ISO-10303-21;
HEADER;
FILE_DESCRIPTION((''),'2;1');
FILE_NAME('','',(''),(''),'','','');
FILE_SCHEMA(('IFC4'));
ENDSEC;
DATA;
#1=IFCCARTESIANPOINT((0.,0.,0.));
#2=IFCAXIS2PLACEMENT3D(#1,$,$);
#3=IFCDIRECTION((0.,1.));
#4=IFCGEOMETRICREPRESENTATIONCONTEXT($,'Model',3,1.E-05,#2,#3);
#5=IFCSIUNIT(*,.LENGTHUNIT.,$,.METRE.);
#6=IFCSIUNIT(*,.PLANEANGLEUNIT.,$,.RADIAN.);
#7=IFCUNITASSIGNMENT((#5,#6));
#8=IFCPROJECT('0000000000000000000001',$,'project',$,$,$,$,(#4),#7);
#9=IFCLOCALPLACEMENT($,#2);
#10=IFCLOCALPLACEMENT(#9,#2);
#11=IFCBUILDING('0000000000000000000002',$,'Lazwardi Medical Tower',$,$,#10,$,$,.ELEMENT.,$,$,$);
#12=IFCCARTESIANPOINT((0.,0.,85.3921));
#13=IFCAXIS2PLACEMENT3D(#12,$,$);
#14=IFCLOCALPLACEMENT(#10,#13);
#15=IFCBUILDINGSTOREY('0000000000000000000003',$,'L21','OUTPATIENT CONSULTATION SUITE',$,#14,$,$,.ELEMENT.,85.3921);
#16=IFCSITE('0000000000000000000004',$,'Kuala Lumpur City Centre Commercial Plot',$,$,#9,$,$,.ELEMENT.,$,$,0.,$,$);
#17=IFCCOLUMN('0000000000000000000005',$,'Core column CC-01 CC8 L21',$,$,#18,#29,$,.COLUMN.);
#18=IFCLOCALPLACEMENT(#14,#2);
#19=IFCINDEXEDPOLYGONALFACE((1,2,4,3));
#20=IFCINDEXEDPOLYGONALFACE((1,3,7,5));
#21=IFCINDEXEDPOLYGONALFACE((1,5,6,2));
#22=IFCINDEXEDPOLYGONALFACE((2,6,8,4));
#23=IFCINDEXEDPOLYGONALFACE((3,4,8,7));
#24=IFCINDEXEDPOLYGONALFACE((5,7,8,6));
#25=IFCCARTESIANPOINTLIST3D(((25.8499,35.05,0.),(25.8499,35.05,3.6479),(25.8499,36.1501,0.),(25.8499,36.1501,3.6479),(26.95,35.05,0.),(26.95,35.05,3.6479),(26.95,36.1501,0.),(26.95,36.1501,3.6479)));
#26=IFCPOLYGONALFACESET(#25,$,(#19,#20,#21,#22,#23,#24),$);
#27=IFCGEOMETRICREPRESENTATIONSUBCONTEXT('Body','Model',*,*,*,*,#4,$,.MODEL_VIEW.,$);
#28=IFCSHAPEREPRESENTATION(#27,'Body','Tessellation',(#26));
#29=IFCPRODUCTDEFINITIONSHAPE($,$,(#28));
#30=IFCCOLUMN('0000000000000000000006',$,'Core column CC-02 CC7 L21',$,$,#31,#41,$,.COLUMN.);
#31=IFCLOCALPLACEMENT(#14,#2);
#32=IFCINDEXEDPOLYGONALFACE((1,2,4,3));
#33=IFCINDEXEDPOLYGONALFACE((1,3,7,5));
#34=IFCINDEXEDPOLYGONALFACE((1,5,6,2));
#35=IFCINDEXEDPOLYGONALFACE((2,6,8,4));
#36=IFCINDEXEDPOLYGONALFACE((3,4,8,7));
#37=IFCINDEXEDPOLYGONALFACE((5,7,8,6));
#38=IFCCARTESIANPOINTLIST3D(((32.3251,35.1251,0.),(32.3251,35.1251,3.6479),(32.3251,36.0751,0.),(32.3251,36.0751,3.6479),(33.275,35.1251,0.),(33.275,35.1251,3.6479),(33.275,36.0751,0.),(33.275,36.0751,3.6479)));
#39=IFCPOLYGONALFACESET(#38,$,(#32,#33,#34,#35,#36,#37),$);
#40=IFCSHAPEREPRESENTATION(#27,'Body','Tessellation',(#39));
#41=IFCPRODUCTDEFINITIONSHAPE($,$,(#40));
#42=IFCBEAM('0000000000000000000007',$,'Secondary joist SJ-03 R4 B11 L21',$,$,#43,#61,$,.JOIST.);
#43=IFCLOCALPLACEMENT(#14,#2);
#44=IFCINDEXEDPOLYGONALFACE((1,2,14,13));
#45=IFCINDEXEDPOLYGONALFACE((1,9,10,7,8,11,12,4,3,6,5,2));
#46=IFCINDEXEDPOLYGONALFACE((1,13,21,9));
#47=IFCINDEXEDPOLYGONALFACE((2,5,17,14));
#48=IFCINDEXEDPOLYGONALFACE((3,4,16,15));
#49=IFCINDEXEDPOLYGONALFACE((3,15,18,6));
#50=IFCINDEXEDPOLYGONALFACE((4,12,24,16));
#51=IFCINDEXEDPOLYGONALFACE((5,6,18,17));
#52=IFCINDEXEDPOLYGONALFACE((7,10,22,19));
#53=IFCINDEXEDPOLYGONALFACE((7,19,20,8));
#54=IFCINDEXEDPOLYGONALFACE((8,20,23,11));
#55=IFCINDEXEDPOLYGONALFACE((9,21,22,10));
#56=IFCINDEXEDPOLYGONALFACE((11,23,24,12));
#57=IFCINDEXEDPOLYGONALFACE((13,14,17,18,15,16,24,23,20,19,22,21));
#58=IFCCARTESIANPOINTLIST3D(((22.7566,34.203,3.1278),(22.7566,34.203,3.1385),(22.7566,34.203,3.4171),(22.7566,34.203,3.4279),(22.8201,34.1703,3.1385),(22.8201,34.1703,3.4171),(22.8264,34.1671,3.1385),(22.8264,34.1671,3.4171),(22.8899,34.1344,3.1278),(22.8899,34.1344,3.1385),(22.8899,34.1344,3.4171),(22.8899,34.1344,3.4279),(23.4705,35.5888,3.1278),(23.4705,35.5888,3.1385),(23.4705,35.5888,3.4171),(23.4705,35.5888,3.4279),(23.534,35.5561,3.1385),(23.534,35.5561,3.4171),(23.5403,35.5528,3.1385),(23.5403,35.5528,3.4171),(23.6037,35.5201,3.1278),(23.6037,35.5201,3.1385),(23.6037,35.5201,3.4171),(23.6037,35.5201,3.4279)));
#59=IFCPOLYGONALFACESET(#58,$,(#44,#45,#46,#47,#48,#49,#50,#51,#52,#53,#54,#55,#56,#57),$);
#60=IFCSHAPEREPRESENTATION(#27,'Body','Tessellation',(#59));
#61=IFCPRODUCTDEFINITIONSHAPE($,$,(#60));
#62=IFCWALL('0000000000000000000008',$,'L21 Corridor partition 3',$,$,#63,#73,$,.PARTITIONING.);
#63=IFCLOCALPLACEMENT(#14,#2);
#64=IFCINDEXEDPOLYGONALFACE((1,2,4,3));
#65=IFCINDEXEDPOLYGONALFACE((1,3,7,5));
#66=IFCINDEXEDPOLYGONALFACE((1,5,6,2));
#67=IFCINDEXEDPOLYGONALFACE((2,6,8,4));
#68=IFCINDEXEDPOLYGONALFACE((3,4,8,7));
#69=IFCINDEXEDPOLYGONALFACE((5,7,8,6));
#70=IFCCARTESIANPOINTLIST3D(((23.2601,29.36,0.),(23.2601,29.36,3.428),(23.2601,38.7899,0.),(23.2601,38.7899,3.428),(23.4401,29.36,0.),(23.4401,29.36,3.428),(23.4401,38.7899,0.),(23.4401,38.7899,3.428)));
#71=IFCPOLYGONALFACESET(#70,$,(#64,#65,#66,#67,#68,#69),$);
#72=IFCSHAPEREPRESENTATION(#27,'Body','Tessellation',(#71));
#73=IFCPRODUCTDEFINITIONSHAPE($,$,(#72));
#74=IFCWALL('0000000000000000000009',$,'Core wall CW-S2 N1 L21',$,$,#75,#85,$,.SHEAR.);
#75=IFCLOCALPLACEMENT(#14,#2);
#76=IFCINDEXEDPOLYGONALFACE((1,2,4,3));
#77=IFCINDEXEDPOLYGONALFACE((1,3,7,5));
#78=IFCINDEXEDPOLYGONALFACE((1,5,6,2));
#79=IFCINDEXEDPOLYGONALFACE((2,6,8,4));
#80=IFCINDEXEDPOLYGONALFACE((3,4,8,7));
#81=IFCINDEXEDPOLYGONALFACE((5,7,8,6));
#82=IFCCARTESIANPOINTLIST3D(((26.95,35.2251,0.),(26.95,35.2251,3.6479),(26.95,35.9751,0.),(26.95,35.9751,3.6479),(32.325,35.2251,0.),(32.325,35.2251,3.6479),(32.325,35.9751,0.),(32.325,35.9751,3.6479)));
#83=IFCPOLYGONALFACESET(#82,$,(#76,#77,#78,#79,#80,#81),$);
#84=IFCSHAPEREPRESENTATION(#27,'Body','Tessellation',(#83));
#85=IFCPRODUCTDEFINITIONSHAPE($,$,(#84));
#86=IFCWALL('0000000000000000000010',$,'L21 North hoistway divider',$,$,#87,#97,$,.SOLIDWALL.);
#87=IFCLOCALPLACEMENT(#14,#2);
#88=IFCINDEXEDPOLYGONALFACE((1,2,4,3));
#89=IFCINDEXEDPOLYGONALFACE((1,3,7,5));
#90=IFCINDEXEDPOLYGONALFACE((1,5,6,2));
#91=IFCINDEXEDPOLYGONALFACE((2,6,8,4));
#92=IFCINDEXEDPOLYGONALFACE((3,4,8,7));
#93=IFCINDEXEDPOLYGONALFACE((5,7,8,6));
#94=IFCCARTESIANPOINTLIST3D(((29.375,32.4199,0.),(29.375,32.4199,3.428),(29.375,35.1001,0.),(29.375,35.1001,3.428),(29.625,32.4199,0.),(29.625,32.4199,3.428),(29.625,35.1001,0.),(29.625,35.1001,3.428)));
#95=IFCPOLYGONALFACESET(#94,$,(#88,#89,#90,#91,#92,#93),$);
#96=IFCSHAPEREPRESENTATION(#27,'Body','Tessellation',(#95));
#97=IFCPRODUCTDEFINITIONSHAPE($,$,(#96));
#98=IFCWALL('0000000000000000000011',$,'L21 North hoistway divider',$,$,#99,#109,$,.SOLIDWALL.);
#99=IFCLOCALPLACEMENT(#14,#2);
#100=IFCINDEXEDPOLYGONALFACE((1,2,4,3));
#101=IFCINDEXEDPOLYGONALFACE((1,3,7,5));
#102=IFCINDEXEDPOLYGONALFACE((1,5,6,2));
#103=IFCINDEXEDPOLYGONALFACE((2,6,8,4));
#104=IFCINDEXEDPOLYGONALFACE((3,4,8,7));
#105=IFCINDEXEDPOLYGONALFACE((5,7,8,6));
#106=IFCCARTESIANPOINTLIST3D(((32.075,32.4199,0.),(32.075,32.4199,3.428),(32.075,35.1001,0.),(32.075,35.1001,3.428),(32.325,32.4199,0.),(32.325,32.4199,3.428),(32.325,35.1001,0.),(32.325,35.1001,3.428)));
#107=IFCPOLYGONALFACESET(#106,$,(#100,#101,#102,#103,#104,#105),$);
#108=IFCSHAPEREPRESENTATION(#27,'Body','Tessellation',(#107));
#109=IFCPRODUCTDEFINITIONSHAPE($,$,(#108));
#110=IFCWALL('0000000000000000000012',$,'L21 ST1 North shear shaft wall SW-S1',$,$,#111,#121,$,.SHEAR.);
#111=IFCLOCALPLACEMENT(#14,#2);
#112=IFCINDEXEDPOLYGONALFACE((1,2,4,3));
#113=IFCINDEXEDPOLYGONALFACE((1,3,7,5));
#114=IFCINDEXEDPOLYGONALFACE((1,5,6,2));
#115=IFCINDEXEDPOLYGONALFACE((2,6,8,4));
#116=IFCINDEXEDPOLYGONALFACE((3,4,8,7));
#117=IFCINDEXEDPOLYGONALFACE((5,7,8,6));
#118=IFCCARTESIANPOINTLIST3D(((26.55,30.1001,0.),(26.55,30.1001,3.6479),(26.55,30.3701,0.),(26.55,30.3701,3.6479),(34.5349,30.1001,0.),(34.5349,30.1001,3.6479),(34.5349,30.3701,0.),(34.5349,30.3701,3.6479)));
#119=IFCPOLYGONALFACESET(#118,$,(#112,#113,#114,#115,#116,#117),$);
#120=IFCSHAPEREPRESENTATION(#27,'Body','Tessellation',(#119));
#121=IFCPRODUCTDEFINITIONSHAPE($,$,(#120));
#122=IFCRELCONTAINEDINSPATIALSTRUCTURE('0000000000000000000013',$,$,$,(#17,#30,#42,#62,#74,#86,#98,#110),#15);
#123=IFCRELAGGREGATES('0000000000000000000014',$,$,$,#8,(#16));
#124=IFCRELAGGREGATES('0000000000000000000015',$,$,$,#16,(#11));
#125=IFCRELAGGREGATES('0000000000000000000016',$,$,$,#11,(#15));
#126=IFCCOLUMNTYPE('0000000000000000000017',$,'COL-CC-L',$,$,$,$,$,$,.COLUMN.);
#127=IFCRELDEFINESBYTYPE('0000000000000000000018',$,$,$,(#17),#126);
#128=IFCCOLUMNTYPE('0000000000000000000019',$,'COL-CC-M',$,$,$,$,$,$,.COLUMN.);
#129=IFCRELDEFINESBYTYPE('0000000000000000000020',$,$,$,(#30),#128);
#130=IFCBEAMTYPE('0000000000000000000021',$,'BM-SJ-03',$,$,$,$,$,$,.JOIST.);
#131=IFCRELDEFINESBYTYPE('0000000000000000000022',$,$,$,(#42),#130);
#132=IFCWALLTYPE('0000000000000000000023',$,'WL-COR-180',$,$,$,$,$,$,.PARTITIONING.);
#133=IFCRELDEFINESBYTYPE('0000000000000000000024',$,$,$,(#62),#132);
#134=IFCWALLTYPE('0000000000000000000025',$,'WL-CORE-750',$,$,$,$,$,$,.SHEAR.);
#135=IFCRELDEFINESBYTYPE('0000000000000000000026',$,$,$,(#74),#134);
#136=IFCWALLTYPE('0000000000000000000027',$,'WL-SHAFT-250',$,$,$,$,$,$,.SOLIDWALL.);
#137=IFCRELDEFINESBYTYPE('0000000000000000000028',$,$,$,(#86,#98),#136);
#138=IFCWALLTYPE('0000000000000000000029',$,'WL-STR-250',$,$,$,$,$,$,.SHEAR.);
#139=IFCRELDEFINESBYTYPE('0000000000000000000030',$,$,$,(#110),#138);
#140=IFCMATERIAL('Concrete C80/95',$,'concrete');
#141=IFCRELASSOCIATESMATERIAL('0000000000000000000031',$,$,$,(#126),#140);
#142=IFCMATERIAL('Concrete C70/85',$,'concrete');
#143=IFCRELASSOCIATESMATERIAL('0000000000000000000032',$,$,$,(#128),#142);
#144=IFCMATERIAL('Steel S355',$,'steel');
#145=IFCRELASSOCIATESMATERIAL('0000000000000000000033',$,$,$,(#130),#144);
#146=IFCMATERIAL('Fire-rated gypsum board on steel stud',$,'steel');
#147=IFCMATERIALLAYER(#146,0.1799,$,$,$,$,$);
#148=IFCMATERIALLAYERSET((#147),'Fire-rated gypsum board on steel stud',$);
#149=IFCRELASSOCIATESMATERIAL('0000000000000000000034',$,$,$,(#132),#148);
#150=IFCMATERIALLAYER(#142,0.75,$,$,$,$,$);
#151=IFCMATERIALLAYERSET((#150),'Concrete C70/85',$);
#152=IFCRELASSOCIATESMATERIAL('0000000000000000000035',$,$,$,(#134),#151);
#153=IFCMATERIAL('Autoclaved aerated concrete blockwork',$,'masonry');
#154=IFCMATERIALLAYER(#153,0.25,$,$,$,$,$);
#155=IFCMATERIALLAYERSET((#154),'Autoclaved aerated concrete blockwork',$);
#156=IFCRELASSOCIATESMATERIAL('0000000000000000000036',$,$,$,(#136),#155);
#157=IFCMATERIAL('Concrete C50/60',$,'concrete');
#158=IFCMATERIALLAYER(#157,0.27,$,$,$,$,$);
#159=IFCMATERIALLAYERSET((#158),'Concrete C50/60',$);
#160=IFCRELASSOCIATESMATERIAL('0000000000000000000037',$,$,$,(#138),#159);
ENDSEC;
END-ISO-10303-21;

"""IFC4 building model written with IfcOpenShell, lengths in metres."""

from ifc_helpers import new_model, si_unit, direction, frame, frame_2d, origin, origin_2d, place, context, subcontext, project, spatial, rectangle, i_section, extrude, material, layer, layer_set, material_profile, profile_set, type_object, element, save


model = new_model("IFC4")

# Units and contexts
model_context = context("Model", 3, precision=1e-05, world=origin(), true_north=direction((0.0, 1.0)))
body_context = subcontext(model_context, "Body", "Model", "MODEL_VIEW")
ifc_project = project(units=[si_unit("LENGTHUNIT", "METRE"), si_unit("PLANEANGLEUNIT", "RADIAN")], contexts=[model_context])

# Site, building, storey
site_placement = place(None, origin())
site = spatial("IfcSite", under=ifc_project, at=site_placement, Name="Kuala Lumpur City Centre Commercial Plot", CompositionType="ELEMENT", RefElevation=0.0)
building_placement = place(site_placement, origin())
building = spatial("IfcBuilding", under=site, at=building_placement, Name="Lazwardi Medical Tower", CompositionType="ELEMENT")
storey_placement = place(building_placement, frame((0.0, 0.0, 85.3921)))
storey = spatial("IfcBuildingStorey", under=building, at=storey_placement, Name="L21", Description="OUTPATIENT CONSULTATION SUITE", CompositionType="ELEMENT", Elevation=85.3921)

# Columns
ifc_material_1 = material(Name="Concrete C80/95", Category="concrete")
ifc_material_profile_1 = material_profile(ifc_material_1, rectangle(XDim=1.1001, YDim=1.1001, at=origin_2d()), Name="RC 1100x1100")
ifc_profile_set_1 = profile_set([ifc_material_profile_1], Name="Concrete C80/95")
column_type_1 = type_object("IfcColumnType", Name="COL-CC-L", PredefinedType="COLUMN", material=ifc_profile_set_1)
column_1_placement = place(storey_placement, frame((26.3999, 35.6001, 0.0), z_axis=(0.0, 0.0, 1.0), x_axis=(1.0, 0.0, 0.0)))
element("IfcColumn", 1, at=column_1_placement, inside=storey, type_object=column_type_1, Name="Core column CC-01 CC8 L21", PredefinedType="COLUMN", context=body_context, shape_type="SweptSolid", body=[
    extrude(rectangle(XDim=1.1001, YDim=1.1001, at=origin_2d()), origin(), (0.0, 0.0, 1.0), 3.6479),
])
ifc_material_2 = material(Name="Concrete C70/85", Category="concrete")
ifc_material_profile_2 = material_profile(ifc_material_2, rectangle(XDim=0.95, YDim=0.95, at=origin_2d()), Name="RC 950x950")
ifc_profile_set_2 = profile_set([ifc_material_profile_2], Name="Concrete C70/85")
column_type_2 = type_object("IfcColumnType", Name="COL-CC-M", PredefinedType="COLUMN", material=ifc_profile_set_2)
column_2_placement = place(storey_placement, frame((32.8, 35.6001, 0.0), z_axis=(0.0, 0.0, 1.0), x_axis=(1.0, 0.0, 0.0)))
element("IfcColumn", 2, at=column_2_placement, inside=storey, type_object=column_type_2, Name="Core column CC-02 CC7 L21", PredefinedType="COLUMN", context=body_context, shape_type="SweptSolid", body=[
    extrude(rectangle(XDim=0.95, YDim=0.95, at=origin_2d()), origin(), (0.0, 0.0, 1.0), 3.6479),
])

# Beam
ifc_material_3 = material(Name="Steel S355", Category="steel")
ifc_material_profile_3 = material_profile(ifc_material_3, i_section(OverallWidth=0.1499, OverallDepth=0.3, WebThickness=0.0071, FlangeThickness=0.0107, at=origin_2d()), Name="IPE 300")
ifc_profile_set_3 = profile_set([ifc_material_profile_3], Name="Steel S355")
beam_type = type_object("IfcBeamType", Name="BM-SJ-03", PredefinedType="JOIST", material=ifc_profile_set_3)
beam_placement = place(storey_placement, frame((23.5371, 35.5544, 3.2778), z_axis=(-0.457957, -0.888975, 0.0), x_axis=(0.888975, -0.457957, 0.0)))
element("IfcBeam", 3, at=beam_placement, inside=storey, type_object=beam_type, Name="Secondary joist SJ-03 R4 B11 L21", PredefinedType="JOIST", context=body_context, shape_type="SweptSolid", body=[
    extrude(i_section(OverallWidth=0.1499, OverallDepth=0.3, WebThickness=0.0071, FlangeThickness=0.0107, at=origin_2d()), origin(), (0.0, 0.0, 1.0), 1.5588),
])

# Walls
ifc_material_4 = material(Name="Fire-rated gypsum board on steel stud", Category="steel")
ifc_layer_1 = layer(ifc_material_4, 0.1799)
ifc_layer_set_1 = layer_set([ifc_layer_1], Name="Fire-rated gypsum board on steel stud")
wall_type_1 = type_object("IfcWallType", Name="WL-COR-180", PredefinedType="PARTITIONING", material=ifc_layer_set_1)
wall_1_placement = place(storey_placement, frame((23.3501, 29.3601, 0.0), z_axis=(0.0, 0.0, 1.0), x_axis=(0.0, 1.0, 0.0)))
element("IfcWall", 4, at=wall_1_placement, inside=storey, type_object=wall_type_1, Name="L21 Corridor partition 3", PredefinedType="PARTITIONING", context=body_context, shape_type="SweptSolid", body=[
    extrude(rectangle(XDim=9.4299, YDim=0.1799, at=frame_2d((4.7148, 0.0))), origin(), (0.0, 0.0, 1.0), 3.428),
])
ifc_layer_2 = layer(ifc_material_2, 0.75)
ifc_layer_set_2 = layer_set([ifc_layer_2], Name="Concrete C70/85")
wall_type_2 = type_object("IfcWallType", Name="WL-CORE-750", PredefinedType="SHEAR", material=ifc_layer_set_2)
wall_2_placement = place(storey_placement, frame((26.95, 35.6001, 0.0), z_axis=(0.0, 0.0, 1.0), x_axis=(1.0, 0.0, 0.0)))
element("IfcWall", 5, at=wall_2_placement, inside=storey, type_object=wall_type_2, Name="Core wall CW-S2 N1 L21", PredefinedType="SHEAR", context=body_context, shape_type="SweptSolid", body=[
    extrude(rectangle(XDim=5.375, YDim=0.75, at=frame_2d((2.6875, 0.0))), origin(), (0.0, 0.0, 1.0), 3.6479),
])
ifc_material_5 = material(Name="Autoclaved aerated concrete blockwork", Category="masonry")
ifc_layer_3 = layer(ifc_material_5, 0.25)
ifc_layer_set_3 = layer_set([ifc_layer_3], Name="Autoclaved aerated concrete blockwork")
wall_type_3 = type_object("IfcWallType", Name="WL-SHAFT-250", PredefinedType="SOLIDWALL", material=ifc_layer_set_3)
for number, where, z_axis, x_axis, name in (
    (6, (29.5, 32.4199, 0.0), (0.0, 0.0, 1.0), (0.0, 1.0, 0.0), "L21 North hoistway divider"),
    (7, (32.2, 32.4199, 0.0), (0.0, 0.0, 1.0), (0.0, 1.0, 0.0), "L21 North hoistway divider"),
):
    element("IfcWall", number, at=place(storey_placement, frame(where, z_axis=z_axis, x_axis=x_axis)), inside=storey, type_object=wall_type_3, Name=name, PredefinedType="SOLIDWALL", context=body_context, shape_type="SweptSolid", body=[
        extrude(rectangle(XDim=2.6802, YDim=0.25, at=frame_2d((1.3401, 0.0))), origin(), (0.0, 0.0, 1.0), 3.428),
    ])
ifc_material_6 = material(Name="Concrete C50/60", Category="concrete")
ifc_layer_4 = layer(ifc_material_6, 0.27)
ifc_layer_set_4 = layer_set([ifc_layer_4], Name="Concrete C50/60")
wall_type_4 = type_object("IfcWallType", Name="WL-STR-250", PredefinedType="SHEAR", material=ifc_layer_set_4)
wall_3_placement = place(storey_placement, frame((26.55, 30.2351, 0.0), z_axis=(0.0, 0.0, 1.0), x_axis=(1.0, 0.0, 0.0)))
element("IfcWall", 8, at=wall_3_placement, inside=storey, type_object=wall_type_4, Name="L21 ST1 North shear shaft wall SW-S1", PredefinedType="SHEAR", context=body_context, shape_type="SweptSolid", body=[
    extrude(rectangle(XDim=7.9849, YDim=0.27, at=frame_2d((3.9924, 0.0))), origin(), (0.0, 0.0, 1.0), 3.6479),
])

save(model, "model.ifc")
